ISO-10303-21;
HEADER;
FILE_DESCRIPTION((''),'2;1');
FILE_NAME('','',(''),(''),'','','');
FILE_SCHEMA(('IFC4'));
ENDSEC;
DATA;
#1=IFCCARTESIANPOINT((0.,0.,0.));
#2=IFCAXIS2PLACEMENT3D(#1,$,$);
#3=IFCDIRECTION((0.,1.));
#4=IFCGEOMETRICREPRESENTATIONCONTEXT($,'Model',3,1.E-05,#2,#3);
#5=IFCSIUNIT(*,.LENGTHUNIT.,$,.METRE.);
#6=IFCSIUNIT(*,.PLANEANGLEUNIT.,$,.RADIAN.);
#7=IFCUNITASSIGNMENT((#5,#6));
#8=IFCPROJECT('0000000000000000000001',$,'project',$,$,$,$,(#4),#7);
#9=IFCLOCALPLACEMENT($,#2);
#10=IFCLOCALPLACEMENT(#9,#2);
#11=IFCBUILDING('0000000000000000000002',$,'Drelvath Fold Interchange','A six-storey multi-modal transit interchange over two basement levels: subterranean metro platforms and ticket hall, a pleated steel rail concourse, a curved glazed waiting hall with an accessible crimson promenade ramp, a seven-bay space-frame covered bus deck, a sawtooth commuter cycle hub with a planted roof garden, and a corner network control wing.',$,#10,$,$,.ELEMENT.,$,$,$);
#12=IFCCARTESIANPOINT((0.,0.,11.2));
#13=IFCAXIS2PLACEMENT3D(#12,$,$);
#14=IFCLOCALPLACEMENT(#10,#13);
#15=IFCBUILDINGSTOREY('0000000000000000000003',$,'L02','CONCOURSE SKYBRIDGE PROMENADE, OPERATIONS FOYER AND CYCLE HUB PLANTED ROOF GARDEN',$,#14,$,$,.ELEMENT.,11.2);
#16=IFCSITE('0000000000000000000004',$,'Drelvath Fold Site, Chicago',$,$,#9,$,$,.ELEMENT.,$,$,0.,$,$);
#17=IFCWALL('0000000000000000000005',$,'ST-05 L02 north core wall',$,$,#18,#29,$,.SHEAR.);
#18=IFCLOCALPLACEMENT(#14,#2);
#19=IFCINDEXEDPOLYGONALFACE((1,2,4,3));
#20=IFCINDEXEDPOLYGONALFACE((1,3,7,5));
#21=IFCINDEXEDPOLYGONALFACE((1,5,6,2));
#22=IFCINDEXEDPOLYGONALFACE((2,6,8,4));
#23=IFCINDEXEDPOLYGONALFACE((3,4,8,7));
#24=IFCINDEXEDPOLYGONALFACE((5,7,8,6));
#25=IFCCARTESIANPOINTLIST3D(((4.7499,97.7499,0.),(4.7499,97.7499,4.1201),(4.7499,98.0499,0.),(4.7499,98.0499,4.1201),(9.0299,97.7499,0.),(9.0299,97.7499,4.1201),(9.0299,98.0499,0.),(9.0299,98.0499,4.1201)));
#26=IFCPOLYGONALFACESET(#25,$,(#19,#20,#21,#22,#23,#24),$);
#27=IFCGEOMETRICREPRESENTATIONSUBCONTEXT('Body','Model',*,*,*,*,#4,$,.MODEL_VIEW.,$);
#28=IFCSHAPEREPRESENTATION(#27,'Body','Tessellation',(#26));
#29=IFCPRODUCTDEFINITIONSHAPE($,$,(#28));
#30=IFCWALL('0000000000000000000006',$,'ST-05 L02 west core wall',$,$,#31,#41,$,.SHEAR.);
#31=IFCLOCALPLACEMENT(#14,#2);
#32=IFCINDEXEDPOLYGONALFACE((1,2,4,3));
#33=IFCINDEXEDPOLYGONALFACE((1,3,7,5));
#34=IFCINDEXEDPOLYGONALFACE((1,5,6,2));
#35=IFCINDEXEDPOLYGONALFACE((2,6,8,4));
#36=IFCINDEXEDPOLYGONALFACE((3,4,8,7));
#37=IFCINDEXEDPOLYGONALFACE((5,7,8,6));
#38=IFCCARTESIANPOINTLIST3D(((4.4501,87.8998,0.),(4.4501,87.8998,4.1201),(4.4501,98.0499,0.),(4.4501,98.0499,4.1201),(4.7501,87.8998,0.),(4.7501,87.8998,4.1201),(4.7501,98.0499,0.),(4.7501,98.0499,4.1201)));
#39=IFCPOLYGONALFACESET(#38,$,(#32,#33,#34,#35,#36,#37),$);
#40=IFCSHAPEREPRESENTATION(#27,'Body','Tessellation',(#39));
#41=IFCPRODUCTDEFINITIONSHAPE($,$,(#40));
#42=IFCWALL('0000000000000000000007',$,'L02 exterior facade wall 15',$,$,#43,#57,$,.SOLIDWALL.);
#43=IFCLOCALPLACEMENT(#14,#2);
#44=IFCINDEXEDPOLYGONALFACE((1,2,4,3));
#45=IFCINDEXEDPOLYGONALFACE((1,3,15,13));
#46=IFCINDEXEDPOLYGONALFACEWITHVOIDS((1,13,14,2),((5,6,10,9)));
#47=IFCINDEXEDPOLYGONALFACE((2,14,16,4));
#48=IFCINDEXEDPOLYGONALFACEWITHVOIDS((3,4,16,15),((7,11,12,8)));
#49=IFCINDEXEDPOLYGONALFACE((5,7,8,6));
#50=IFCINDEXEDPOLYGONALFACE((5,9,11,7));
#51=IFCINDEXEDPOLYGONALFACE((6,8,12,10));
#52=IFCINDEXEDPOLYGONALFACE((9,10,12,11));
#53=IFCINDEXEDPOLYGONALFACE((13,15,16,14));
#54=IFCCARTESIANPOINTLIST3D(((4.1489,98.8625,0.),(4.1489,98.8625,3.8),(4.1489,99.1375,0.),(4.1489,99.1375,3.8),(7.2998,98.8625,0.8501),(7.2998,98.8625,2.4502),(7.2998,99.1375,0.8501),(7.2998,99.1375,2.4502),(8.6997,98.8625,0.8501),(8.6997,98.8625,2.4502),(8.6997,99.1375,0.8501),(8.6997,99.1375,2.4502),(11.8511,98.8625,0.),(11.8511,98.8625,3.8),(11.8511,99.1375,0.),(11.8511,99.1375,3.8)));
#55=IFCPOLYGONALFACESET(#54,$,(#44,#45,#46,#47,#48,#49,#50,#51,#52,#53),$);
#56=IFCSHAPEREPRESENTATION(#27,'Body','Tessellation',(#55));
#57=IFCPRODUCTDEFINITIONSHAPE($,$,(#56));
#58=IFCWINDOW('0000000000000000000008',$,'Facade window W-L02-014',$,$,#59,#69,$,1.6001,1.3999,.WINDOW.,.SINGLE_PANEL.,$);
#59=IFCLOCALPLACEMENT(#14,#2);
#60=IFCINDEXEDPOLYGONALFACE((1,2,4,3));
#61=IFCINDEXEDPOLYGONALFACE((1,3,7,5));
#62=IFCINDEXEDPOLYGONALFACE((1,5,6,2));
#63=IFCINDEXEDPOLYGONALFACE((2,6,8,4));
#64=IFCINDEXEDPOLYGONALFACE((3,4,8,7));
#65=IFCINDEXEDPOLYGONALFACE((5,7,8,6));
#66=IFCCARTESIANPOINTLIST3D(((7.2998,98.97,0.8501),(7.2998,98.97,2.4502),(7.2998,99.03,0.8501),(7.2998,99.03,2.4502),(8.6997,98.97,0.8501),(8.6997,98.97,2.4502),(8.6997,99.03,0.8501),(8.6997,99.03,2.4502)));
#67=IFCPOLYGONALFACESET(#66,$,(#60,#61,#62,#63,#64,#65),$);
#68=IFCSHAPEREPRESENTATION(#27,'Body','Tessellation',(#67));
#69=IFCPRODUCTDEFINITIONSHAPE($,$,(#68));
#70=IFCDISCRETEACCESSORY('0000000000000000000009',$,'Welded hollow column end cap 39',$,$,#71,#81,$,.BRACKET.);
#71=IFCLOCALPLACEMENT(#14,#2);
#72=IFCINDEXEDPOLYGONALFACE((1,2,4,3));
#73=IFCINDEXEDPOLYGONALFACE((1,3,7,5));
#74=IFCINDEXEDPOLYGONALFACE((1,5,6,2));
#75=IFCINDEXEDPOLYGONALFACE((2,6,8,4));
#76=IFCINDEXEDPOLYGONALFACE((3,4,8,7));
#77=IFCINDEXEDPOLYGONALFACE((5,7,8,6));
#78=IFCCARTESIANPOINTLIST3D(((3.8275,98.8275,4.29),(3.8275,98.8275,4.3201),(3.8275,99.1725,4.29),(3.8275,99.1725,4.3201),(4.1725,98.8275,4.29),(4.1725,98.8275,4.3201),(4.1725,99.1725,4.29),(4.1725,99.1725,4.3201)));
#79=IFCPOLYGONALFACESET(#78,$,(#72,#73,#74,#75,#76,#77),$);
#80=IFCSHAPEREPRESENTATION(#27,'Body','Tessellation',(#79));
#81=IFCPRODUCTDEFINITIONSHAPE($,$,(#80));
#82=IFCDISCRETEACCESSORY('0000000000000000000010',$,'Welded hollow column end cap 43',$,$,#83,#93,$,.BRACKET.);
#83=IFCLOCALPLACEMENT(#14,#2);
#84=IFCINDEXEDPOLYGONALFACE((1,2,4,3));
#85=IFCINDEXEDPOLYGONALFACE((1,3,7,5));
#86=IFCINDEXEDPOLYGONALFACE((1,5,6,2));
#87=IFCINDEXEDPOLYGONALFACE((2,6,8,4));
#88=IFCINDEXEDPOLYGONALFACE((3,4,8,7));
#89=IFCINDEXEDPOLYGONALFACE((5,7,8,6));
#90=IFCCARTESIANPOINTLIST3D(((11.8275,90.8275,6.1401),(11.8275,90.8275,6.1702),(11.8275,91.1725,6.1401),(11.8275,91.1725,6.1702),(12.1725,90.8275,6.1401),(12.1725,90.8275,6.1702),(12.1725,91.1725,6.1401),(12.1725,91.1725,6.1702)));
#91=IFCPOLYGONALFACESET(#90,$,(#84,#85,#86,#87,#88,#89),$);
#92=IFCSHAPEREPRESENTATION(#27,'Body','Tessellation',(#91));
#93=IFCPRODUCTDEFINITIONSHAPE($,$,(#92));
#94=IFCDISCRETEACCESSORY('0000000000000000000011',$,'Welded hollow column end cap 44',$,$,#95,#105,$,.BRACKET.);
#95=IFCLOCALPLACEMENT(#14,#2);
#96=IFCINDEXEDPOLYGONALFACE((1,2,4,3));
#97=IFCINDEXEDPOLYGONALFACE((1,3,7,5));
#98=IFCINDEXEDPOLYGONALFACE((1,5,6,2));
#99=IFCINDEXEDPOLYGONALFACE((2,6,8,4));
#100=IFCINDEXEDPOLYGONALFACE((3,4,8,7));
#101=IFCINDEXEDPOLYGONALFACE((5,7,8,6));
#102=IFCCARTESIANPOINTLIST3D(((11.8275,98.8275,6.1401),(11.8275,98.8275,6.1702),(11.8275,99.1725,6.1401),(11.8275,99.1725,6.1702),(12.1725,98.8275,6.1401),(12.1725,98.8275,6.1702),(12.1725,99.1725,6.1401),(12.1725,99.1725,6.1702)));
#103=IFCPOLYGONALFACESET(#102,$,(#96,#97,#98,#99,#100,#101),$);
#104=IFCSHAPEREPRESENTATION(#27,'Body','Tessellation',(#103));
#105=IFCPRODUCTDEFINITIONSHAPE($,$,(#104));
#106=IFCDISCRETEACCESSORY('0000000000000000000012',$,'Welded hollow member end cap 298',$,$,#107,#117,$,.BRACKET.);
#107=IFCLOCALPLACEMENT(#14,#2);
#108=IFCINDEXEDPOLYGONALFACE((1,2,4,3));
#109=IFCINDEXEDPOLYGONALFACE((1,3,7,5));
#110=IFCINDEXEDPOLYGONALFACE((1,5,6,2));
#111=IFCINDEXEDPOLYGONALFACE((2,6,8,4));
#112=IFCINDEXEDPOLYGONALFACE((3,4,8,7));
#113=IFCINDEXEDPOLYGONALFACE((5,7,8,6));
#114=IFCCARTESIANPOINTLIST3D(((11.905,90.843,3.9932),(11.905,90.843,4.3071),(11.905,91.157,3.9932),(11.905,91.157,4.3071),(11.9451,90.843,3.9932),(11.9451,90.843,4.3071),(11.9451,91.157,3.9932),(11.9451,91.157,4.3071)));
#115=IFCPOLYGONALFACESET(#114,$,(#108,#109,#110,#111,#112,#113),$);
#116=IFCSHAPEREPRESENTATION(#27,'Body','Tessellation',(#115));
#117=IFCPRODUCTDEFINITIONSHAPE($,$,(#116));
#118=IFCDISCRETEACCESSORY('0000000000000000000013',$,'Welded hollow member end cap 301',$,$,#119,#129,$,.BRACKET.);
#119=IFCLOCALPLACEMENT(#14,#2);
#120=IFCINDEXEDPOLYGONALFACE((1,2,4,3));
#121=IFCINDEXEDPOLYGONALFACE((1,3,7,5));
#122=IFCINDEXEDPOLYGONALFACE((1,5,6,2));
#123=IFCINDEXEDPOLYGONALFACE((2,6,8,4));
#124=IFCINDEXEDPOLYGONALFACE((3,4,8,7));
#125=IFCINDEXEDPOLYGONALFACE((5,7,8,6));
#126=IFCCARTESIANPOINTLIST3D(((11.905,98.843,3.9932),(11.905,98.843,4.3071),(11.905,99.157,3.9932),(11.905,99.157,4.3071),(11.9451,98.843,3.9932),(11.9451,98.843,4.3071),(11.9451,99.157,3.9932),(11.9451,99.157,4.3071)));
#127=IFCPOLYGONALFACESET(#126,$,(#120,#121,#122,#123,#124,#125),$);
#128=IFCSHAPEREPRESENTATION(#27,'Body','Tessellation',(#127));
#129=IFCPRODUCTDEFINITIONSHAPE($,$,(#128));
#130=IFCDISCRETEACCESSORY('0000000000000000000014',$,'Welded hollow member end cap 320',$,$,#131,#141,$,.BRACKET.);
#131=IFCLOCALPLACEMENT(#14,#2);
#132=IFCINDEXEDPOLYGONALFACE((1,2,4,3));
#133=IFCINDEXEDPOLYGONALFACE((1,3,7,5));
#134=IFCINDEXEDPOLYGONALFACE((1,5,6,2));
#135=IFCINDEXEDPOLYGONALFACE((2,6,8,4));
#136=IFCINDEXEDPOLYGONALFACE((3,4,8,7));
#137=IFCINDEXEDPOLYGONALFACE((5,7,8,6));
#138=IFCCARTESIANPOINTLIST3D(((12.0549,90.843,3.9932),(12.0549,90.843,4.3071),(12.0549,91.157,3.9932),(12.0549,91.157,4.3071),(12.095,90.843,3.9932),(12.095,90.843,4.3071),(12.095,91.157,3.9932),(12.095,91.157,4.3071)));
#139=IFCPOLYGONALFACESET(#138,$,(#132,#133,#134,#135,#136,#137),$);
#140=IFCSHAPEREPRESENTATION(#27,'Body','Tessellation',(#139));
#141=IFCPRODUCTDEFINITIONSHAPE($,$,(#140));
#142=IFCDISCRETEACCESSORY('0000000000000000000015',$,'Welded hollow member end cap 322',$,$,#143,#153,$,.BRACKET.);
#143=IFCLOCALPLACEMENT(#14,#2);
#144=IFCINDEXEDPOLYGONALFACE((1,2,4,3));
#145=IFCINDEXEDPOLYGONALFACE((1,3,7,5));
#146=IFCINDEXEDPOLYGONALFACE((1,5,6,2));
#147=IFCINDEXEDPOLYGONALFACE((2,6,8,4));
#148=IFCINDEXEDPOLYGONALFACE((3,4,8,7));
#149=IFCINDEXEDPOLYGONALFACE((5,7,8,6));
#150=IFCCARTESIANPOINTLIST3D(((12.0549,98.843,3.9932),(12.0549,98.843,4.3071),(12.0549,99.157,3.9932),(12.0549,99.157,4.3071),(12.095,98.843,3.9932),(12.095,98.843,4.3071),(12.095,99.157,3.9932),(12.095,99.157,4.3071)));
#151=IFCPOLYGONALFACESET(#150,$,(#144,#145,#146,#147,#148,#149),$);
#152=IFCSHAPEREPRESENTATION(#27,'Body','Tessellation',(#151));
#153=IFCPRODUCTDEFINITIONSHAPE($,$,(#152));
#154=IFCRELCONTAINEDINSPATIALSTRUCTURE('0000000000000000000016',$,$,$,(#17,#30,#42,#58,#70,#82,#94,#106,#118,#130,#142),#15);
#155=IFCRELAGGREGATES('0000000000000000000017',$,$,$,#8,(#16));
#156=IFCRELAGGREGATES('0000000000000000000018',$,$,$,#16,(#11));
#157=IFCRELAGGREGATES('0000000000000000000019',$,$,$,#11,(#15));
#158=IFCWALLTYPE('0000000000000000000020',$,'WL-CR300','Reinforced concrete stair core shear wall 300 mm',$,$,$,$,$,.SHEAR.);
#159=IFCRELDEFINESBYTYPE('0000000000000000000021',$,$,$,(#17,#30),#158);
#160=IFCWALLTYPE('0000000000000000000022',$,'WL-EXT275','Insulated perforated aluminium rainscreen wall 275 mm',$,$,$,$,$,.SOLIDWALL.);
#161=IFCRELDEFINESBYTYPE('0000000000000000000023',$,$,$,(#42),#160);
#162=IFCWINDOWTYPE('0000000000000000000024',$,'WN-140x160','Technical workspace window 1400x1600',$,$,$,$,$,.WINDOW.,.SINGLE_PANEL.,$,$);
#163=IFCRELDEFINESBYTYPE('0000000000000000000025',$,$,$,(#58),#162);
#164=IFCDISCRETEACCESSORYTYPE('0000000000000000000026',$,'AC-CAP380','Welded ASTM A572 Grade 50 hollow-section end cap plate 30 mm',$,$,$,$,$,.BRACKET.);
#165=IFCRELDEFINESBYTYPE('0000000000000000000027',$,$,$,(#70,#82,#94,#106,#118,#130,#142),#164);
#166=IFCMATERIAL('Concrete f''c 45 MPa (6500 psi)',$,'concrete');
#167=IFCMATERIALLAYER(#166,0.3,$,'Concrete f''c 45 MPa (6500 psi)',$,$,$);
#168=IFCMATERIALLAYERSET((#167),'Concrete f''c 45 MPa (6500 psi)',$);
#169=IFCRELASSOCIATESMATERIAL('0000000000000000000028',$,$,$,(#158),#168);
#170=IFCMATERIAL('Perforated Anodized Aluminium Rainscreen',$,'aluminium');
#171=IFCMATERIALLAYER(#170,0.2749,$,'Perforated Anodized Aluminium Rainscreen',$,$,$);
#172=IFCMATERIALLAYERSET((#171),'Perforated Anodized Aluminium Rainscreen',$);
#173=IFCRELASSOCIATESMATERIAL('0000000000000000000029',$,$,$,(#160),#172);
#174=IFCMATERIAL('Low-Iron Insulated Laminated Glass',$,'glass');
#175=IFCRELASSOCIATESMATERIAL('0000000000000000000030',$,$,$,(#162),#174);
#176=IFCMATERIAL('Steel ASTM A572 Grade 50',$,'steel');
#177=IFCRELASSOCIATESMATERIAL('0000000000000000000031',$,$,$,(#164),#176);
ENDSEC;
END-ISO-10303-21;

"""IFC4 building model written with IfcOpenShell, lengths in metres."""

from ifc_helpers import new_model, si_unit, direction, frame, frame_2d, origin, origin_2d, place, context, subcontext, project, spatial, rectangle, extrude, material, layer, layer_set, type_object, element, fill, save


model = new_model("IFC4")

# Units and contexts
model_context = context("Model", 3, precision=1e-05, world=origin(), true_north=direction((0.0, 1.0)))
body_context = subcontext(model_context, "Body", "Model", "MODEL_VIEW")
ifc_project = project(units=[si_unit("LENGTHUNIT", "METRE"), si_unit("PLANEANGLEUNIT", "RADIAN")], contexts=[model_context])

# Site, building, storey
site_placement = place(None, origin())
site = spatial("IfcSite", under=ifc_project, at=site_placement, Name="Drelvath Fold Site, Chicago", CompositionType="ELEMENT", RefElevation=0.0)
building_placement = place(site_placement, origin())
building = spatial("IfcBuilding", under=site, at=building_placement, Name="Drelvath Fold Interchange", Description="A six-storey multi-modal transit interchange over two basement levels: subterranean metro platforms and ticket hall, a pleated steel rail concourse, a curved glazed waiting hall with an accessible crimson promenade ramp, a seven-bay space-frame covered bus deck, a sawtooth commuter cycle hub with a planted roof garden, and a corner network control wing.", CompositionType="ELEMENT")
storey_placement = place(building_placement, frame((0.0, 0.0, 11.2)))
storey = spatial("IfcBuildingStorey", under=building, at=storey_placement, Name="L02", Description="CONCOURSE SKYBRIDGE PROMENADE, OPERATIONS FOYER AND CYCLE HUB PLANTED ROOF GARDEN", CompositionType="ELEMENT", Elevation=11.2)

# Shared definitions
ifc_material_1 = material(Name="Low-Iron Insulated Laminated Glass", Category="glass")

# Walls
ifc_material_2 = material(Name="Concrete f'c 45 MPa (6500 psi)", Category="concrete")
ifc_layer_1 = layer(ifc_material_2, 0.3, Name="Concrete f'c 45 MPa (6500 psi)")
ifc_layer_set_1 = layer_set([ifc_layer_1], Name="Concrete f'c 45 MPa (6500 psi)")
wall_type_1 = type_object("IfcWallType", Name="WL-CR300", Description="Reinforced concrete stair core shear wall 300 mm", PredefinedType="SHEAR", material=ifc_layer_set_1)
wall_1_placement = place(storey_placement, frame((9.03, 97.8999, 0.0), z_axis=(0.0, 0.0, 1.0), x_axis=(-1.0, 0.0, 0.0)))
element("IfcWall", 1, at=wall_1_placement, inside=storey, type_object=wall_type_1, Name="ST-05 L02 north core wall", PredefinedType="SHEAR", context=body_context, shape_type="SweptSolid", body=[
    extrude(rectangle(XDim=4.28, YDim=0.3, at=frame_2d((2.1401, 0.0))), origin(), (0.0, 0.0, 1.0), 4.1201),
])
wall_2_placement = place(storey_placement, frame((4.6001, 98.05, 0.0), z_axis=(0.0, 0.0, 1.0), x_axis=(0.0, -1.0, 0.0)))
element("IfcWall", 2, at=wall_2_placement, inside=storey, type_object=wall_type_1, Name="ST-05 L02 west core wall", PredefinedType="SHEAR", context=body_context, shape_type="SweptSolid", body=[
    extrude(rectangle(XDim=10.1501, YDim=0.3, at=frame_2d((5.0752, 0.0))), origin(), (0.0, 0.0, 1.0), 4.1201),
])

# Wall, opening, window
ifc_material_3 = material(Name="Perforated Anodized Aluminium Rainscreen", Category="aluminium")
ifc_layer_2 = layer(ifc_material_3, 0.2749, Name="Perforated Anodized Aluminium Rainscreen")
ifc_layer_set_2 = layer_set([ifc_layer_2], Name="Perforated Anodized Aluminium Rainscreen")
wall_type_2 = type_object("IfcWallType", Name="WL-EXT275", Description="Insulated perforated aluminium rainscreen wall 275 mm", PredefinedType="SOLIDWALL", material=ifc_layer_set_2)
wall_3_placement = place(storey_placement, frame((4.1489, 99.0, 0.0), z_axis=(0.0, 0.0, 1.0), x_axis=(1.0, 0.0, 0.0)))
wall_3 = element("IfcWall", 3, at=wall_3_placement, inside=storey, type_object=wall_type_2, Name="L02 exterior facade wall 15", PredefinedType="SOLIDWALL", context=body_context, shape_type="SweptSolid", body=[
    extrude(rectangle(XDim=7.7021, YDim=0.2749, at=frame_2d((3.8511, 0.0))), origin(), (0.0, 0.0, 1.0), 3.8),
])
opening_placement = place(wall_3_placement, frame((3.1509, 0.0, 0.8501)))
opening = element("IfcOpeningElement", 4, at=opening_placement, cuts=wall_3, PredefinedType="OPENING", context=body_context, shape_type="SweptSolid", body=[
    extrude(rectangle(XDim=1.3999, YDim=1.6001, at=frame_2d((0.7, 0.8))), frame((0.0, 0.1475, 0.0), z_axis=(0.0, -1.0, 0.0), x_axis=(1.0, 0.0, 0.0)), (0.0, 0.0, 1.0), 0.2949),
])
window_type = type_object("IfcWindowType", Name="WN-140x160", Description="Technical workspace window 1400x1600", PartitioningType="SINGLE_PANEL", PredefinedType="WINDOW", material=ifc_material_1)
window_placement = place(opening_placement, origin())
window = element("IfcWindow", 5, at=window_placement, inside=storey, type_object=window_type, Name="Facade window W-L02-014", OverallHeight=1.6001, OverallWidth=1.3999, PartitioningType="SINGLE_PANEL", PredefinedType="WINDOW", context=body_context, shape_type="SweptSolid", body=[
    extrude(rectangle(XDim=1.3999, YDim=1.6001, at=frame_2d((0.7, 0.8))), frame((0.0, 0.03, 0.0), z_axis=(0.0, -1.0, 0.0), x_axis=(1.0, 0.0, 0.0)), (0.0, 0.0, 1.0), 0.0601),
])
fill(opening, window)

# Discrete accessories
ifc_material_4 = material(Name="Steel ASTM A572 Grade 50", Category="steel")
discrete_accessory_type = type_object("IfcDiscreteAccessoryType", Name="AC-CAP380", Description="Welded ASTM A572 Grade 50 hollow-section end cap plate 30 mm", PredefinedType="BRACKET", material=ifc_material_4)
for number, where, z_axis, x_axis, name in (
    (6, (4.0, 99.0, 4.29), (0.0, 0.0, 1.0), (1.0, 0.0, 0.0), "Welded hollow column end cap 39"),
    (7, (12.0, 91.0, 6.1401), (0.0, 0.0, 1.0), (1.0, 0.0, 0.0), "Welded hollow column end cap 43"),
    (8, (12.0, 99.0, 6.1401), (0.0, 0.0, 1.0), (1.0, 0.0, 0.0), "Welded hollow column end cap 44"),
):
    element("IfcDiscreteAccessory", number, at=place(storey_placement, frame(where, z_axis=z_axis, x_axis=x_axis)), inside=storey, type_object=discrete_accessory_type, Name=name, PredefinedType="BRACKET", context=body_context, shape_type="SweptSolid", body=[
        extrude(rectangle(XDim=0.345, YDim=0.345, at=origin_2d()), origin(), (0.0, 0.0, 1.0), 0.03),
    ])
for number, where, z_axis, x_axis, name in (
    (9, (11.925, 91.0, 3.9932), (0.0, 0.0, 1.0), (1.0, 0.0, 0.0), "Welded hollow member end cap 298"),
    (10, (11.925, 99.0, 3.9932), (0.0, 0.0, 1.0), (1.0, 0.0, 0.0), "Welded hollow member end cap 301"),
    (11, (12.075, 91.0, 3.9932), (0.0, 0.0, 1.0), (1.0, 0.0, 0.0), "Welded hollow member end cap 320"),
    (12, (12.075, 99.0, 3.9932), (0.0, 0.0, 1.0), (1.0, 0.0, 0.0), "Welded hollow member end cap 322"),
):
    element("IfcDiscreteAccessory", number, at=place(storey_placement, frame(where, z_axis=z_axis, x_axis=x_axis)), inside=storey, type_object=discrete_accessory_type, Name=name, PredefinedType="BRACKET", context=body_context, shape_type="SweptSolid", body=[
        extrude(rectangle(XDim=0.04, YDim=0.314, at=origin_2d()), origin(), (0.0, 0.0, 1.0), 0.314),
    ])

save(model, "model.ifc")
